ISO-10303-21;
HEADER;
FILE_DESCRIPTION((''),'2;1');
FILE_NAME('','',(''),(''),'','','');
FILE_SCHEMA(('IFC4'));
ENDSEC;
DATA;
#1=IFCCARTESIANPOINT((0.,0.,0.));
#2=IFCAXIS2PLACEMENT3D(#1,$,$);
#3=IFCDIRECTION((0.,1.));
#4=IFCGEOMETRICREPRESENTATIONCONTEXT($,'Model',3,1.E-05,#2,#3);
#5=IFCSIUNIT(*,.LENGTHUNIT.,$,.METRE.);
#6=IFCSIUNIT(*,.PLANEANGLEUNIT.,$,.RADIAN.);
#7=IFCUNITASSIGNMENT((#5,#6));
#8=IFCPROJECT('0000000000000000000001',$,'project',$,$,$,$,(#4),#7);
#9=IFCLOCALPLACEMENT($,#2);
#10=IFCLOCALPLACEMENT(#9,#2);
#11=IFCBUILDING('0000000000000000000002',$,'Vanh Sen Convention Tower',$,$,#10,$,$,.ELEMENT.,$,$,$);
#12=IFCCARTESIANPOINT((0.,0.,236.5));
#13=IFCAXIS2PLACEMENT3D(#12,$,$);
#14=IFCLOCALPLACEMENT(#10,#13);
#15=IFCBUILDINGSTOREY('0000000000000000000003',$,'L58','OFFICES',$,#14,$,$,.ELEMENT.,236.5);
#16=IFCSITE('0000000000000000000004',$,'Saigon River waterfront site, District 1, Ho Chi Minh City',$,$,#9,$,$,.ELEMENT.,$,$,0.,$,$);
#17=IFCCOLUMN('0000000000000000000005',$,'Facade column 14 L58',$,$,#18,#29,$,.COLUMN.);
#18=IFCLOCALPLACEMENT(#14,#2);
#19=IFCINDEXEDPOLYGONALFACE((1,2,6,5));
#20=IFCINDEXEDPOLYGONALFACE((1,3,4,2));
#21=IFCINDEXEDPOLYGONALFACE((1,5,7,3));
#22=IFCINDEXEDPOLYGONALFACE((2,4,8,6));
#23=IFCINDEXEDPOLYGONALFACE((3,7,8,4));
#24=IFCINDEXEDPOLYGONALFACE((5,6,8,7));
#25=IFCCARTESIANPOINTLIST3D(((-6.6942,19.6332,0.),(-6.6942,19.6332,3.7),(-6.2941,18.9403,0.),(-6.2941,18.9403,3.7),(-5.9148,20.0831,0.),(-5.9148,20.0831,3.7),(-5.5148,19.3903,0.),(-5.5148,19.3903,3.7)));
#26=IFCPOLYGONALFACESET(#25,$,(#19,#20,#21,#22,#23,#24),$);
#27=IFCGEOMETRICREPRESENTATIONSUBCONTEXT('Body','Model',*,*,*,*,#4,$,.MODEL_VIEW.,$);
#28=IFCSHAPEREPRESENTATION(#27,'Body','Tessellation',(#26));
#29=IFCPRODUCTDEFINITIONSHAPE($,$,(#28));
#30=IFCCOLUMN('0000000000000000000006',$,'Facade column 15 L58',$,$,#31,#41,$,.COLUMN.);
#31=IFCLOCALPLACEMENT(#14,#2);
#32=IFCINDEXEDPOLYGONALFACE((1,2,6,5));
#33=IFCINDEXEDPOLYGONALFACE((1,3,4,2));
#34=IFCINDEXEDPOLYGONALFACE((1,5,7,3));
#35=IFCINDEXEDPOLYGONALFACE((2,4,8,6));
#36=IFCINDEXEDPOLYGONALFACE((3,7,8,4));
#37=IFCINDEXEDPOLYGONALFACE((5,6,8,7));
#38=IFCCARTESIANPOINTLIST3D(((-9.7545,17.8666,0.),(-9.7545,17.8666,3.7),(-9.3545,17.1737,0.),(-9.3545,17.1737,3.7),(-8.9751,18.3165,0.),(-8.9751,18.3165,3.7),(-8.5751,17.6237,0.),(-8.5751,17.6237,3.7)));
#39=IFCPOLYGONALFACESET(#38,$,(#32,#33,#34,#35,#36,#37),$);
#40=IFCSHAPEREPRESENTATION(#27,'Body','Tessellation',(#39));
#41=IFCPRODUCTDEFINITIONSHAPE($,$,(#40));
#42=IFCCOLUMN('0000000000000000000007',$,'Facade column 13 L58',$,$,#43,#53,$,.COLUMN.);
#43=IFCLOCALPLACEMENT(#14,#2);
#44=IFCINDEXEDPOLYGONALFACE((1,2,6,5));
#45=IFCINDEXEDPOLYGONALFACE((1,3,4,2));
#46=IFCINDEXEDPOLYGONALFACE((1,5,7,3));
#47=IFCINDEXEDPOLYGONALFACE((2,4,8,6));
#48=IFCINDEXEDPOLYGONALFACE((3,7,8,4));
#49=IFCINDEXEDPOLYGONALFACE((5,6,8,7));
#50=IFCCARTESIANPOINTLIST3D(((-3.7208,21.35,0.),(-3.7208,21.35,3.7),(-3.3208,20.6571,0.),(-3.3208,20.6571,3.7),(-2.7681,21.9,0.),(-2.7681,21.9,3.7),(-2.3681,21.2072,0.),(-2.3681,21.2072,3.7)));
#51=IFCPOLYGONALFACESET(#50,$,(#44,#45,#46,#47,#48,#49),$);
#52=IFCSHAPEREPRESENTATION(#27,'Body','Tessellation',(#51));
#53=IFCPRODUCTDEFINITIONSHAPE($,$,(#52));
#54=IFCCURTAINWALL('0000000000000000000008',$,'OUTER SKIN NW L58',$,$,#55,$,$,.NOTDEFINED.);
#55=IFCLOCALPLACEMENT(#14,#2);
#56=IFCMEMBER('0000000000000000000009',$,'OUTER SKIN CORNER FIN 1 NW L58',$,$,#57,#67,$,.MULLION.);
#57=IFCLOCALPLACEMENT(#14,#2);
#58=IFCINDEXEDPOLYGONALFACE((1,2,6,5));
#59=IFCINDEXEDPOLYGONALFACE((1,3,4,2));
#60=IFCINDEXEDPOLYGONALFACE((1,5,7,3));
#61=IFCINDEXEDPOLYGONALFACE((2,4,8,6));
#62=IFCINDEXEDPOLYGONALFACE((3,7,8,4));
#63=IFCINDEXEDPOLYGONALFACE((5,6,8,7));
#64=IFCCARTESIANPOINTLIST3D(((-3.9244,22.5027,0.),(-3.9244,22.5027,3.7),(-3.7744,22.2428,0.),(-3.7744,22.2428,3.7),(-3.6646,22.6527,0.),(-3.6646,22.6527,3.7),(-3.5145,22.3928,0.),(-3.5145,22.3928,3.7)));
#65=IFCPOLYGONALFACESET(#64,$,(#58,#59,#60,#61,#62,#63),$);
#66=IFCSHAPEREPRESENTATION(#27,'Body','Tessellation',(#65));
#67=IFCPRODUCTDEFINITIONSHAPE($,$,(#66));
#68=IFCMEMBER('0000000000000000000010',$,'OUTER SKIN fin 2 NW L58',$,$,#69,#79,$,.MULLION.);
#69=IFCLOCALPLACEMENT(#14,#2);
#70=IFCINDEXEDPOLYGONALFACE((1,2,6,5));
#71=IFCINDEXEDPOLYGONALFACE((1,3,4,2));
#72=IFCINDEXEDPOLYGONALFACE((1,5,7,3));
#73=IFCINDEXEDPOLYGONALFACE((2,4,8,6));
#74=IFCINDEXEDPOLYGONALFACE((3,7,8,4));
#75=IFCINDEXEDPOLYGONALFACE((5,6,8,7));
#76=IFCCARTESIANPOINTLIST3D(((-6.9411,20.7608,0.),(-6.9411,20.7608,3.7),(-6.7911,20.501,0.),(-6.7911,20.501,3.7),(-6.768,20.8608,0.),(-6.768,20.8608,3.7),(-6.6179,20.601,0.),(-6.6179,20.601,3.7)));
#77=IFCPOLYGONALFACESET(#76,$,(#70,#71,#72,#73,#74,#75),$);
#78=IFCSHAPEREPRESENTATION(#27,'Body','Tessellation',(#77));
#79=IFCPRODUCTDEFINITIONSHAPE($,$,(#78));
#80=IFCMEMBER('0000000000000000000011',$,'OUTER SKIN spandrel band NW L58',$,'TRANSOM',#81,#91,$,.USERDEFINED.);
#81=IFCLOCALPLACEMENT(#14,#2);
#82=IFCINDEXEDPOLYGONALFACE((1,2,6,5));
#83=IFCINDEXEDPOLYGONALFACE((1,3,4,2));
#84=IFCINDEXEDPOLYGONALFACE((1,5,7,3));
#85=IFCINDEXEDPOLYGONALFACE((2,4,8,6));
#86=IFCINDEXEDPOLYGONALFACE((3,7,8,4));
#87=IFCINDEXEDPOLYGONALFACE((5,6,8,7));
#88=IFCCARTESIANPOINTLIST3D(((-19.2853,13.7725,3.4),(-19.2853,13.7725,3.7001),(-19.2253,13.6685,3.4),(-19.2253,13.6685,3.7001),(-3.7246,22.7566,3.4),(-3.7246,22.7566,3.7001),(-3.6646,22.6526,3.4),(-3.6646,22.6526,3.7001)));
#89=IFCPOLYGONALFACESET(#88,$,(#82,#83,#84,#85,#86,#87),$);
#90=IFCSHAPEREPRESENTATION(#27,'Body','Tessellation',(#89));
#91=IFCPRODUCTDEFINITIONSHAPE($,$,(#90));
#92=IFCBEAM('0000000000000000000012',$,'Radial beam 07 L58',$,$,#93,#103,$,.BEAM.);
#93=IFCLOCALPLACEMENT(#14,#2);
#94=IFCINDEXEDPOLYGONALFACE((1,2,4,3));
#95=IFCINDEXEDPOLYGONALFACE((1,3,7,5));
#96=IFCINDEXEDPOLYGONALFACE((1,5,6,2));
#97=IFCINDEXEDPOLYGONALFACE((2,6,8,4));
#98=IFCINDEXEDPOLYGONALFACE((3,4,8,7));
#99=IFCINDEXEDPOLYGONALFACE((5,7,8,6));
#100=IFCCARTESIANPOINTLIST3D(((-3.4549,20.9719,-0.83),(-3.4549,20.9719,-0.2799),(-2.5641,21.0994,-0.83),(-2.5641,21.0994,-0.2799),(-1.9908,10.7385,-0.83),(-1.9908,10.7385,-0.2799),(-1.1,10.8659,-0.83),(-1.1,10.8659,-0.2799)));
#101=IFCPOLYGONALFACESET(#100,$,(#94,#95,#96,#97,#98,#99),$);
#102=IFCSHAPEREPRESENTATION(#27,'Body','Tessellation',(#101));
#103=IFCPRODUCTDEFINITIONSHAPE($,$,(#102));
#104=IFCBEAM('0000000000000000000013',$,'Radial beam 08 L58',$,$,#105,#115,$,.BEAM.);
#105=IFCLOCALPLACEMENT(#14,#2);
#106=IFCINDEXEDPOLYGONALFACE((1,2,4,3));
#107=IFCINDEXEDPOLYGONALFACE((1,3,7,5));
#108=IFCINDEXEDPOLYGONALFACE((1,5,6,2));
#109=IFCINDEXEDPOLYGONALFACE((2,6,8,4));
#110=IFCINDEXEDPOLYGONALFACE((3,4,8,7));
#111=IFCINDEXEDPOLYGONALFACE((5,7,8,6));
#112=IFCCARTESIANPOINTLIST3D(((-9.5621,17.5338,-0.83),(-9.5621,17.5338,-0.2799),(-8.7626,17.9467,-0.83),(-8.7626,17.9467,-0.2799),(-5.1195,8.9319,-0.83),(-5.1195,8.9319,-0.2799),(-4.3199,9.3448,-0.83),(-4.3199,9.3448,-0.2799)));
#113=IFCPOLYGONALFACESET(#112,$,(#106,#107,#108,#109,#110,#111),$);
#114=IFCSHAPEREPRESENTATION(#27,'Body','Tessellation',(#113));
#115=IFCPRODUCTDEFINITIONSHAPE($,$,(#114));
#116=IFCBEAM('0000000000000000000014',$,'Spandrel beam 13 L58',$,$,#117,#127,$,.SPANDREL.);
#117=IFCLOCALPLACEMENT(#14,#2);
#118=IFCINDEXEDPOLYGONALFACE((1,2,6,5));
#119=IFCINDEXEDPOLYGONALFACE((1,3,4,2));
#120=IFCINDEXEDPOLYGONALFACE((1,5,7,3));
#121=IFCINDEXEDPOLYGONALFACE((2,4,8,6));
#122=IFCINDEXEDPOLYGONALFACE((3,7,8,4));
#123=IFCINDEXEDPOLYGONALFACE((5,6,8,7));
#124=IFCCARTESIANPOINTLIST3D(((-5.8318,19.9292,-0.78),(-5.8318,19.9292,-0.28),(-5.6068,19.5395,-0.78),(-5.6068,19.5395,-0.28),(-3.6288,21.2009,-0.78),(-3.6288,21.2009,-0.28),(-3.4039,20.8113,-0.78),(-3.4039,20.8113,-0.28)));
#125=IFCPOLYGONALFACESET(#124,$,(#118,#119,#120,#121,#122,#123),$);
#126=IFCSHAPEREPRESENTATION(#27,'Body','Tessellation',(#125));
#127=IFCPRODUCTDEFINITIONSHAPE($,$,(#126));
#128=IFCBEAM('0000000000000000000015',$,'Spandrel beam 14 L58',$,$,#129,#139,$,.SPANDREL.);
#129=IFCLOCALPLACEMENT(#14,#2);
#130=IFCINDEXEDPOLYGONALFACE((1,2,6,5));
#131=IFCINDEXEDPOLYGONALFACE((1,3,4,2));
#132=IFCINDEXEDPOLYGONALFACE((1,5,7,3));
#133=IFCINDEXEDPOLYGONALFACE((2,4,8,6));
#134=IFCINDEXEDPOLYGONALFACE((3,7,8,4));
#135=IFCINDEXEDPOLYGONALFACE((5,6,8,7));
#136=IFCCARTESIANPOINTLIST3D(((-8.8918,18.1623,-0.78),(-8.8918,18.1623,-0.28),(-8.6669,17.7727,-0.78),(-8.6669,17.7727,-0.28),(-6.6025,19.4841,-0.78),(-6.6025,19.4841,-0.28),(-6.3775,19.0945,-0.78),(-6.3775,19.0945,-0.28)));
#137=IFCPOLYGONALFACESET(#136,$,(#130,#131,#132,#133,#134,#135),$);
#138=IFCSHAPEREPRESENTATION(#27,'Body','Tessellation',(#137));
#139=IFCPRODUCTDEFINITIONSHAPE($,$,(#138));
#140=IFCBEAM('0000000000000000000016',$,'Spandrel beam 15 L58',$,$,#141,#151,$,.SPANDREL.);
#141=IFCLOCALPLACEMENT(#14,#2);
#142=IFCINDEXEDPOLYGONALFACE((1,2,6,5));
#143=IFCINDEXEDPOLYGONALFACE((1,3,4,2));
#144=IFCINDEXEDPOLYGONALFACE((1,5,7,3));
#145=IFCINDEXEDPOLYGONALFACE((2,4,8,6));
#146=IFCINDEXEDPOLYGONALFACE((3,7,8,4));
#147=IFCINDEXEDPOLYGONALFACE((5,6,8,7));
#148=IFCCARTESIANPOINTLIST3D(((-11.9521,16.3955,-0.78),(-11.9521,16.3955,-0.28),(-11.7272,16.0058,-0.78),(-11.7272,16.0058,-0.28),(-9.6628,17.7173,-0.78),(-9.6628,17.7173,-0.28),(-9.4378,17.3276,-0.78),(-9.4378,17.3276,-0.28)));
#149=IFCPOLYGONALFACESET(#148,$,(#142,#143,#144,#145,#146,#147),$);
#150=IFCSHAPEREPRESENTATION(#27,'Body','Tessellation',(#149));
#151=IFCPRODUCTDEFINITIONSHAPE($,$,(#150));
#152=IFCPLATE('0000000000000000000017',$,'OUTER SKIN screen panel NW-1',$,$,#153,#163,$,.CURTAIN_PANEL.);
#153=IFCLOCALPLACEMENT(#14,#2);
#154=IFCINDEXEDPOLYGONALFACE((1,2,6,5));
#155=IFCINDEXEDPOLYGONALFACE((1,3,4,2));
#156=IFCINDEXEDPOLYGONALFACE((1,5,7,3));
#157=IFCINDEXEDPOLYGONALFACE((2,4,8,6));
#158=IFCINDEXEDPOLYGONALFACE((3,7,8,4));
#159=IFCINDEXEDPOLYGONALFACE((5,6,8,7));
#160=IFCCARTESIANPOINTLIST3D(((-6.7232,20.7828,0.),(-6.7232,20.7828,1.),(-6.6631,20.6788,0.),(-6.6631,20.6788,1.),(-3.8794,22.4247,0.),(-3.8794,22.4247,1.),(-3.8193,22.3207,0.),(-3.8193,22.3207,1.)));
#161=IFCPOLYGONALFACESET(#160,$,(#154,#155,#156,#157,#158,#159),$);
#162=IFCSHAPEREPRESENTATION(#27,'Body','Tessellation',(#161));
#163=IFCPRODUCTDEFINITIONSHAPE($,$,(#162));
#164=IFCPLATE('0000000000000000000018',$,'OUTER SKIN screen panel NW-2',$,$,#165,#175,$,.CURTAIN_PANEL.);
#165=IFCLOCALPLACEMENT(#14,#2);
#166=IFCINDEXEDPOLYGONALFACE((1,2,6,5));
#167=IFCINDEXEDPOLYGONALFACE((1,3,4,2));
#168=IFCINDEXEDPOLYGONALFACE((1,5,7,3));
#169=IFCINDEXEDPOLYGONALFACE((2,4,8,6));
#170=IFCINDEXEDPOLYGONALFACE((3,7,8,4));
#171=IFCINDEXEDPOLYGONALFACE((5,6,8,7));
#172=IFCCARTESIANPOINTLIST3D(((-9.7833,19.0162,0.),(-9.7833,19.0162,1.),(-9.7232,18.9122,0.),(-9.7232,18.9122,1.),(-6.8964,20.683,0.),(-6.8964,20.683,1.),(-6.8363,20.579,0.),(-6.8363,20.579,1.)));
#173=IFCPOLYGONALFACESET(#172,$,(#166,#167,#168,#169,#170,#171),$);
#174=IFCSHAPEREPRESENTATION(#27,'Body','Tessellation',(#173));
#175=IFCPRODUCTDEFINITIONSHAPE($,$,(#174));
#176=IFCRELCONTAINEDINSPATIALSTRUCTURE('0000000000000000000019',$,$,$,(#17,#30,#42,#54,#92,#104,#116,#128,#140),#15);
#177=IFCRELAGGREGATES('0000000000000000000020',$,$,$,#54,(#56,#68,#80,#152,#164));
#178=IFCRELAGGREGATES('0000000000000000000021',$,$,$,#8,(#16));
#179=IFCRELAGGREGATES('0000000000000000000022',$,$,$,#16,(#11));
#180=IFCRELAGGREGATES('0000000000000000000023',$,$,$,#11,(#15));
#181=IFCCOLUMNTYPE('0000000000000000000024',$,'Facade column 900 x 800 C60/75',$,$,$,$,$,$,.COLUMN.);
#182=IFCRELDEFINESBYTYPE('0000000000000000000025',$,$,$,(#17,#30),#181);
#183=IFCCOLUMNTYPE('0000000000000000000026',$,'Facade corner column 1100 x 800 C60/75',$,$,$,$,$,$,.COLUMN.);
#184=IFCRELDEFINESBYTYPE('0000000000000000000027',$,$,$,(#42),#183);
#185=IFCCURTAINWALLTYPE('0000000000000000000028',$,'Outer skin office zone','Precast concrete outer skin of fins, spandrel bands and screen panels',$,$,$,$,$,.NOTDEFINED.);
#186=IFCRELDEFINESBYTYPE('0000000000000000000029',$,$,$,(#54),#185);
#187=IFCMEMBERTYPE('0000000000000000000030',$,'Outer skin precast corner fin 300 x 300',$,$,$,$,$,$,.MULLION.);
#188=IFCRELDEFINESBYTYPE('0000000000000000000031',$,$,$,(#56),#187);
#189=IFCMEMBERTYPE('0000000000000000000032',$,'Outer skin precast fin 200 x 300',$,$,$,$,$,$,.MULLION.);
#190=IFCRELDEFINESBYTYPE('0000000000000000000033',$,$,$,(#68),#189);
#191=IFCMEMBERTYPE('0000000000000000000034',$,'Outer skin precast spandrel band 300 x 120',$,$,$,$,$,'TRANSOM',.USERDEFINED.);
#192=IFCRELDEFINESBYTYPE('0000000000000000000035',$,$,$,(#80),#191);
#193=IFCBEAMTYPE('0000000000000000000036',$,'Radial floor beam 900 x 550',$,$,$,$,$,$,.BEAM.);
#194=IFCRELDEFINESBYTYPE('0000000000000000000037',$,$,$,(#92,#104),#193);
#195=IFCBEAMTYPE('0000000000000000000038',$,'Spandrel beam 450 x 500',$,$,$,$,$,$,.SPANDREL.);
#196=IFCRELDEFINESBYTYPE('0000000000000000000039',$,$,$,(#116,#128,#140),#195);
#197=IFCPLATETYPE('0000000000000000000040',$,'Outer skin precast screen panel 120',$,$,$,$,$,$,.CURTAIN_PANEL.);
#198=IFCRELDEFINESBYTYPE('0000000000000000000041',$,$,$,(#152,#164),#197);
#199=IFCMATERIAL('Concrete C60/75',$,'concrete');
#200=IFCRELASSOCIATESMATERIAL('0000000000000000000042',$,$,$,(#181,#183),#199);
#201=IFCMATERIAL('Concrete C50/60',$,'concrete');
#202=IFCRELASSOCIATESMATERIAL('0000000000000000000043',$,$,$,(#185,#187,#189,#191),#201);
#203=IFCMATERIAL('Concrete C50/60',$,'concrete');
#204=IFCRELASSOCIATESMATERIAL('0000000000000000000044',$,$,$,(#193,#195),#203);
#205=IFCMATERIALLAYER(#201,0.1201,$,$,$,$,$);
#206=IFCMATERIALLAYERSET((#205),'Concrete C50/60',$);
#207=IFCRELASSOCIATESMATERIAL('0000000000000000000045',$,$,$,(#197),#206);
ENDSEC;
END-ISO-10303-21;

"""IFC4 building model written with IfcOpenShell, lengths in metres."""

from ifc_helpers import new_model, si_unit, direction, frame, origin, origin_2d, place, context, subcontext, project, spatial, rectangle, extrude, material, layer, layer_set, material_profile, profile_set, type_object, element, aggregate, save


model = new_model("IFC4")

# Units and contexts
model_context = context("Model", 3, precision=1e-05, world=origin(), true_north=direction((0.0, 1.0)))
body_context = subcontext(model_context, "Body", "Model", "MODEL_VIEW")
ifc_project = project(units=[si_unit("LENGTHUNIT", "METRE"), si_unit("PLANEANGLEUNIT", "RADIAN")], contexts=[model_context])

# Site, building, storey
site_placement = place(None, origin())
site = spatial("IfcSite", under=ifc_project, at=site_placement, Name="Saigon River waterfront site, District 1, Ho Chi Minh City", CompositionType="ELEMENT", RefElevation=0.0)
building_placement = place(site_placement, origin())
building = spatial("IfcBuilding", under=site, at=building_placement, Name="Vanh Sen Convention Tower", CompositionType="ELEMENT")
storey_placement = place(building_placement, frame((0.0, 0.0, 236.5)))
storey = spatial("IfcBuildingStorey", under=building, at=storey_placement, Name="L58", Description="OFFICES", CompositionType="ELEMENT", Elevation=236.5)

# Columns
ifc_material_1 = material(Name="Concrete C60/75", Category="concrete")
ifc_material_profile_1 = material_profile(ifc_material_1, rectangle(XDim=0.8999, YDim=0.8, at=origin_2d()), Name="RC 900X800")
ifc_profile_set_1 = profile_set([ifc_material_profile_1], Name="Concrete C60/75")
column_type_1 = type_object("IfcColumnType", Name="Facade column 900 x 800 C60/75", PredefinedType="COLUMN", material=ifc_profile_set_1)
for number, where, z_axis, x_axis, name in (
    (1, (-6.1045, 19.5117, 0.0), (0.0, 0.0, 1.0), (-0.866025, -0.5, 0.0), "Facade column 14 L58"),
    (2, (-9.1648, 17.7451, 0.0), (0.0, 0.0, 1.0), (-0.866025, -0.5, 0.0), "Facade column 15 L58"),
):
    element("IfcColumn", number, at=place(storey_placement, frame(where, z_axis=z_axis, x_axis=x_axis)), inside=storey, type_object=column_type_1, Name=name, PredefinedType="COLUMN", context=body_context, shape_type="SweptSolid", body=[
        extrude(rectangle(XDim=0.8999, YDim=0.8, at=origin_2d()), origin(), (0.0, 0.0, 1.0), 3.7),
    ])
ifc_material_profile_2 = material_profile(ifc_material_1, rectangle(XDim=1.1001, YDim=0.8, at=origin_2d()), Name="RC 1100X800")
ifc_profile_set_2 = profile_set([ifc_material_profile_2], Name="Concrete C60/75")
column_type_2 = type_object("IfcColumnType", Name="Facade corner column 1100 x 800 C60/75", PredefinedType="COLUMN", material=ifc_profile_set_2)
column_placement = place(storey_placement, frame((-3.0444, 21.2786, 0.0), z_axis=(0.0, 0.0, 1.0), x_axis=(-0.866025, -0.5, 0.0)))
element("IfcColumn", 3, at=column_placement, inside=storey, type_object=column_type_2, Name="Facade column 13 L58", PredefinedType="COLUMN", context=body_context, shape_type="SweptSolid", body=[
    extrude(rectangle(XDim=1.1001, YDim=0.8, at=origin_2d()), origin(), (0.0, 0.0, 1.0), 3.7),
])

# Curtain wall, members
ifc_material_2 = material(Name="Concrete C50/60", Category="concrete")
curtain_wall_type = type_object("IfcCurtainWallType", Name="Outer skin office zone", Description="Precast concrete outer skin of fins, spandrel bands and screen panels", PredefinedType="NOTDEFINED", material=ifc_material_2)
curtain_wall_placement = place(storey_placement, origin())
curtain_wall = element("IfcCurtainWall", 4, at=curtain_wall_placement, inside=storey, type_object=curtain_wall_type, Name="OUTER SKIN NW L58", PredefinedType="NOTDEFINED")
ifc_material_profile_3 = material_profile(ifc_material_2, rectangle(XDim=0.3, YDim=0.3, at=origin_2d()), Name="Outer skin precast corner fin 300 x 300")
ifc_profile_set_3 = profile_set([ifc_material_profile_3], Name="Concrete C50/60")
member_type_1 = type_object("IfcMemberType", Name="Outer skin precast corner fin 300 x 300", PredefinedType="MULLION", material=ifc_profile_set_3)
member_1_placement = place(storey_placement, frame((-3.7195, 22.4478, 0.0), z_axis=(0.0, 0.0, 1.0), x_axis=(-0.866025, -0.5, 0.0)))
member_1 = element("IfcMember", 5, at=member_1_placement, type_object=member_type_1, Name="OUTER SKIN CORNER FIN 1 NW L58", PredefinedType="MULLION", context=body_context, shape_type="SweptSolid", body=[
    extrude(rectangle(XDim=0.3, YDim=0.3, at=origin_2d()), origin(), (0.0, 0.0, 1.0), 3.7),
])
ifc_material_profile_4 = material_profile(ifc_material_2, rectangle(XDim=0.2, YDim=0.3, at=origin_2d()), Name="Outer skin precast fin 200 x 300")
ifc_profile_set_4 = profile_set([ifc_material_profile_4], Name="Concrete C50/60")
member_type_2 = type_object("IfcMemberType", Name="Outer skin precast fin 200 x 300", PredefinedType="MULLION", material=ifc_profile_set_4)
member_2_placement = place(storey_placement, frame((-6.7795, 20.6809, 0.0), z_axis=(0.0, 0.0, 1.0), x_axis=(-0.866025, -0.5, 0.0)))
member_2 = element("IfcMember", 6, at=member_2_placement, type_object=member_type_2, Name="OUTER SKIN fin 2 NW L58", PredefinedType="MULLION", context=body_context, shape_type="SweptSolid", body=[
    extrude(rectangle(XDim=0.2, YDim=0.3, at=origin_2d()), origin(), (0.0, 0.0, 1.0), 3.7),
])
ifc_material_profile_5 = material_profile(ifc_material_2, rectangle(XDim=0.1201, YDim=0.3, at=origin_2d()), Name="Outer skin precast spandrel band 300 x 120")
ifc_profile_set_5 = profile_set([ifc_material_profile_5], Name="Concrete C50/60")
member_type_3 = type_object("IfcMemberType", Name="Outer skin precast spandrel band 300 x 120", ElementType="TRANSOM", PredefinedType="USERDEFINED", material=ifc_profile_set_5)
member_3_placement = place(storey_placement, frame((-3.6946, 22.7046, 3.55), z_axis=(-0.866023, -0.500004, 0.0), x_axis=(0.500004, -0.866023, 0.0)))
member_3 = element("IfcMember", 7, at=member_3_placement, type_object=member_type_3, Name="OUTER SKIN spandrel band NW L58", ObjectType="TRANSOM", PredefinedType="USERDEFINED", context=body_context, shape_type="SweptSolid", body=[
    extrude(rectangle(XDim=0.1201, YDim=0.3, at=origin_2d()), origin(), (0.0, 0.0, 1.0), 17.968),
])

# Beams
ifc_material_3 = material(Name="Concrete C50/60", Category="concrete")
ifc_material_profile_6 = material_profile(ifc_material_3, rectangle(XDim=0.8999, YDim=0.55, at=origin_2d()), Name="RC 900X550")
ifc_profile_set_6 = profile_set([ifc_material_profile_6], Name="Concrete C50/60")
beam_type_1 = type_object("IfcBeamType", Name="Radial floor beam 900 x 550", PredefinedType="BEAM", material=ifc_profile_set_6)
beam_1_placement = place(storey_placement, frame((-3.0095, 21.0356, -0.5549), z_axis=(0.14163, -0.98992, 0.0), x_axis=(0.98992, 0.14163, 0.0)))
element("IfcBeam", 8, at=beam_1_placement, inside=storey, type_object=beam_type_1, Name="Radial beam 07 L58", PredefinedType="BEAM", context=body_context, shape_type="SweptSolid", body=[
    extrude(rectangle(XDim=0.8999, YDim=0.55, at=origin_2d()), origin(), (0.0, 0.0, 1.0), 10.3376),
])
beam_2_placement = place(storey_placement, frame((-9.1624, 17.7402, -0.5549), z_axis=(0.458886, -0.888495, 0.0), x_axis=(0.888495, 0.458886, 0.0)))
element("IfcBeam", 9, at=beam_2_placement, inside=storey, type_object=beam_type_1, Name="Radial beam 08 L58", PredefinedType="BEAM", context=body_context, shape_type="SweptSolid", body=[
    extrude(rectangle(XDim=0.8999, YDim=0.55, at=origin_2d()), origin(), (0.0, 0.0, 1.0), 9.6814),
])
ifc_material_profile_7 = material_profile(ifc_material_3, rectangle(XDim=0.45, YDim=0.5, at=origin_2d()), Name="RC 450X500")
ifc_profile_set_7 = profile_set([ifc_material_profile_7], Name="Concrete C50/60")
beam_type_2 = type_object("IfcBeamType", Name="Spandrel beam 450 x 500", PredefinedType="SPANDREL", material=ifc_profile_set_7)
beam_3_placement = place(storey_placement, frame((-3.5164, 21.0061, -0.53), z_axis=(-0.866043, -0.499969, 0.0), x_axis=(0.499969, -0.866043, 0.0)))
element("IfcBeam", 10, at=beam_3_placement, inside=storey, type_object=beam_type_2, Name="Spandrel beam 13 L58", PredefinedType="SPANDREL", context=body_context, shape_type="SweptSolid", body=[
    extrude(rectangle(XDim=0.45, YDim=0.5, at=origin_2d()), origin(), (0.0, 0.0, 1.0), 2.5437),
])
for number, where, z_axis, x_axis, name in (
    (11, (-6.49, 19.2893, -0.53), (-0.866018, -0.500013, 0.0), (0.500013, -0.866018, 0.0), "Spandrel beam 14 L58"),
    (12, (-9.5503, 17.5225, -0.53), (-0.866018, -0.500013, 0.0), (0.500013, -0.866018, 0.0), "Spandrel beam 15 L58"),
):
    element("IfcBeam", number, at=place(storey_placement, frame(where, z_axis=z_axis, x_axis=x_axis)), inside=storey, type_object=beam_type_2, Name=name, PredefinedType="SPANDREL", context=body_context, shape_type="SweptSolid", body=[
        extrude(rectangle(XDim=0.45, YDim=0.5, at=origin_2d()), origin(), (0.0, 0.0, 1.0), 2.6436),
    ])

# Plates
ifc_layer_1 = layer(ifc_material_2, 0.1201)
ifc_layer_set_1 = layer_set([ifc_layer_1], Name="Concrete C50/60")
plate_type = type_object("IfcPlateType", Name="Outer skin precast screen panel 120", PredefinedType="CURTAIN_PANEL", material=ifc_layer_set_1)
plate_1_placement = place(storey_placement, frame((-5.2712, 21.5518, 0.0), z_axis=(0.0, 0.0, 1.0), x_axis=(-0.866026, -0.499998, 0.0)))
plate_1 = element("IfcPlate", 13, at=plate_1_placement, type_object=plate_type, Name="OUTER SKIN screen panel NW-1", PredefinedType="CURTAIN_PANEL", context=body_context, shape_type="SweptSolid", body=[
    extrude(rectangle(XDim=3.2837, YDim=0.1201, at=origin_2d()), origin(), (0.0, 0.0, 1.0), 1.0),
])
plate_2_placement = place(storey_placement, frame((-8.3098, 19.7976, 0.0), z_axis=(0.0, 0.0, 1.0), x_axis=(-0.866026, -0.499998, 0.0)))
plate_2 = element("IfcPlate", 14, at=plate_2_placement, type_object=plate_type, Name="OUTER SKIN screen panel NW-2", PredefinedType="CURTAIN_PANEL", context=body_context, shape_type="SweptSolid", body=[
    extrude(rectangle(XDim=3.3335, YDim=0.1201, at=origin_2d()), origin(), (0.0, 0.0, 1.0), 1.0),
])
aggregate(curtain_wall, [member_1, member_2, member_3, plate_1, plate_2])

save(model, "model.ifc")
